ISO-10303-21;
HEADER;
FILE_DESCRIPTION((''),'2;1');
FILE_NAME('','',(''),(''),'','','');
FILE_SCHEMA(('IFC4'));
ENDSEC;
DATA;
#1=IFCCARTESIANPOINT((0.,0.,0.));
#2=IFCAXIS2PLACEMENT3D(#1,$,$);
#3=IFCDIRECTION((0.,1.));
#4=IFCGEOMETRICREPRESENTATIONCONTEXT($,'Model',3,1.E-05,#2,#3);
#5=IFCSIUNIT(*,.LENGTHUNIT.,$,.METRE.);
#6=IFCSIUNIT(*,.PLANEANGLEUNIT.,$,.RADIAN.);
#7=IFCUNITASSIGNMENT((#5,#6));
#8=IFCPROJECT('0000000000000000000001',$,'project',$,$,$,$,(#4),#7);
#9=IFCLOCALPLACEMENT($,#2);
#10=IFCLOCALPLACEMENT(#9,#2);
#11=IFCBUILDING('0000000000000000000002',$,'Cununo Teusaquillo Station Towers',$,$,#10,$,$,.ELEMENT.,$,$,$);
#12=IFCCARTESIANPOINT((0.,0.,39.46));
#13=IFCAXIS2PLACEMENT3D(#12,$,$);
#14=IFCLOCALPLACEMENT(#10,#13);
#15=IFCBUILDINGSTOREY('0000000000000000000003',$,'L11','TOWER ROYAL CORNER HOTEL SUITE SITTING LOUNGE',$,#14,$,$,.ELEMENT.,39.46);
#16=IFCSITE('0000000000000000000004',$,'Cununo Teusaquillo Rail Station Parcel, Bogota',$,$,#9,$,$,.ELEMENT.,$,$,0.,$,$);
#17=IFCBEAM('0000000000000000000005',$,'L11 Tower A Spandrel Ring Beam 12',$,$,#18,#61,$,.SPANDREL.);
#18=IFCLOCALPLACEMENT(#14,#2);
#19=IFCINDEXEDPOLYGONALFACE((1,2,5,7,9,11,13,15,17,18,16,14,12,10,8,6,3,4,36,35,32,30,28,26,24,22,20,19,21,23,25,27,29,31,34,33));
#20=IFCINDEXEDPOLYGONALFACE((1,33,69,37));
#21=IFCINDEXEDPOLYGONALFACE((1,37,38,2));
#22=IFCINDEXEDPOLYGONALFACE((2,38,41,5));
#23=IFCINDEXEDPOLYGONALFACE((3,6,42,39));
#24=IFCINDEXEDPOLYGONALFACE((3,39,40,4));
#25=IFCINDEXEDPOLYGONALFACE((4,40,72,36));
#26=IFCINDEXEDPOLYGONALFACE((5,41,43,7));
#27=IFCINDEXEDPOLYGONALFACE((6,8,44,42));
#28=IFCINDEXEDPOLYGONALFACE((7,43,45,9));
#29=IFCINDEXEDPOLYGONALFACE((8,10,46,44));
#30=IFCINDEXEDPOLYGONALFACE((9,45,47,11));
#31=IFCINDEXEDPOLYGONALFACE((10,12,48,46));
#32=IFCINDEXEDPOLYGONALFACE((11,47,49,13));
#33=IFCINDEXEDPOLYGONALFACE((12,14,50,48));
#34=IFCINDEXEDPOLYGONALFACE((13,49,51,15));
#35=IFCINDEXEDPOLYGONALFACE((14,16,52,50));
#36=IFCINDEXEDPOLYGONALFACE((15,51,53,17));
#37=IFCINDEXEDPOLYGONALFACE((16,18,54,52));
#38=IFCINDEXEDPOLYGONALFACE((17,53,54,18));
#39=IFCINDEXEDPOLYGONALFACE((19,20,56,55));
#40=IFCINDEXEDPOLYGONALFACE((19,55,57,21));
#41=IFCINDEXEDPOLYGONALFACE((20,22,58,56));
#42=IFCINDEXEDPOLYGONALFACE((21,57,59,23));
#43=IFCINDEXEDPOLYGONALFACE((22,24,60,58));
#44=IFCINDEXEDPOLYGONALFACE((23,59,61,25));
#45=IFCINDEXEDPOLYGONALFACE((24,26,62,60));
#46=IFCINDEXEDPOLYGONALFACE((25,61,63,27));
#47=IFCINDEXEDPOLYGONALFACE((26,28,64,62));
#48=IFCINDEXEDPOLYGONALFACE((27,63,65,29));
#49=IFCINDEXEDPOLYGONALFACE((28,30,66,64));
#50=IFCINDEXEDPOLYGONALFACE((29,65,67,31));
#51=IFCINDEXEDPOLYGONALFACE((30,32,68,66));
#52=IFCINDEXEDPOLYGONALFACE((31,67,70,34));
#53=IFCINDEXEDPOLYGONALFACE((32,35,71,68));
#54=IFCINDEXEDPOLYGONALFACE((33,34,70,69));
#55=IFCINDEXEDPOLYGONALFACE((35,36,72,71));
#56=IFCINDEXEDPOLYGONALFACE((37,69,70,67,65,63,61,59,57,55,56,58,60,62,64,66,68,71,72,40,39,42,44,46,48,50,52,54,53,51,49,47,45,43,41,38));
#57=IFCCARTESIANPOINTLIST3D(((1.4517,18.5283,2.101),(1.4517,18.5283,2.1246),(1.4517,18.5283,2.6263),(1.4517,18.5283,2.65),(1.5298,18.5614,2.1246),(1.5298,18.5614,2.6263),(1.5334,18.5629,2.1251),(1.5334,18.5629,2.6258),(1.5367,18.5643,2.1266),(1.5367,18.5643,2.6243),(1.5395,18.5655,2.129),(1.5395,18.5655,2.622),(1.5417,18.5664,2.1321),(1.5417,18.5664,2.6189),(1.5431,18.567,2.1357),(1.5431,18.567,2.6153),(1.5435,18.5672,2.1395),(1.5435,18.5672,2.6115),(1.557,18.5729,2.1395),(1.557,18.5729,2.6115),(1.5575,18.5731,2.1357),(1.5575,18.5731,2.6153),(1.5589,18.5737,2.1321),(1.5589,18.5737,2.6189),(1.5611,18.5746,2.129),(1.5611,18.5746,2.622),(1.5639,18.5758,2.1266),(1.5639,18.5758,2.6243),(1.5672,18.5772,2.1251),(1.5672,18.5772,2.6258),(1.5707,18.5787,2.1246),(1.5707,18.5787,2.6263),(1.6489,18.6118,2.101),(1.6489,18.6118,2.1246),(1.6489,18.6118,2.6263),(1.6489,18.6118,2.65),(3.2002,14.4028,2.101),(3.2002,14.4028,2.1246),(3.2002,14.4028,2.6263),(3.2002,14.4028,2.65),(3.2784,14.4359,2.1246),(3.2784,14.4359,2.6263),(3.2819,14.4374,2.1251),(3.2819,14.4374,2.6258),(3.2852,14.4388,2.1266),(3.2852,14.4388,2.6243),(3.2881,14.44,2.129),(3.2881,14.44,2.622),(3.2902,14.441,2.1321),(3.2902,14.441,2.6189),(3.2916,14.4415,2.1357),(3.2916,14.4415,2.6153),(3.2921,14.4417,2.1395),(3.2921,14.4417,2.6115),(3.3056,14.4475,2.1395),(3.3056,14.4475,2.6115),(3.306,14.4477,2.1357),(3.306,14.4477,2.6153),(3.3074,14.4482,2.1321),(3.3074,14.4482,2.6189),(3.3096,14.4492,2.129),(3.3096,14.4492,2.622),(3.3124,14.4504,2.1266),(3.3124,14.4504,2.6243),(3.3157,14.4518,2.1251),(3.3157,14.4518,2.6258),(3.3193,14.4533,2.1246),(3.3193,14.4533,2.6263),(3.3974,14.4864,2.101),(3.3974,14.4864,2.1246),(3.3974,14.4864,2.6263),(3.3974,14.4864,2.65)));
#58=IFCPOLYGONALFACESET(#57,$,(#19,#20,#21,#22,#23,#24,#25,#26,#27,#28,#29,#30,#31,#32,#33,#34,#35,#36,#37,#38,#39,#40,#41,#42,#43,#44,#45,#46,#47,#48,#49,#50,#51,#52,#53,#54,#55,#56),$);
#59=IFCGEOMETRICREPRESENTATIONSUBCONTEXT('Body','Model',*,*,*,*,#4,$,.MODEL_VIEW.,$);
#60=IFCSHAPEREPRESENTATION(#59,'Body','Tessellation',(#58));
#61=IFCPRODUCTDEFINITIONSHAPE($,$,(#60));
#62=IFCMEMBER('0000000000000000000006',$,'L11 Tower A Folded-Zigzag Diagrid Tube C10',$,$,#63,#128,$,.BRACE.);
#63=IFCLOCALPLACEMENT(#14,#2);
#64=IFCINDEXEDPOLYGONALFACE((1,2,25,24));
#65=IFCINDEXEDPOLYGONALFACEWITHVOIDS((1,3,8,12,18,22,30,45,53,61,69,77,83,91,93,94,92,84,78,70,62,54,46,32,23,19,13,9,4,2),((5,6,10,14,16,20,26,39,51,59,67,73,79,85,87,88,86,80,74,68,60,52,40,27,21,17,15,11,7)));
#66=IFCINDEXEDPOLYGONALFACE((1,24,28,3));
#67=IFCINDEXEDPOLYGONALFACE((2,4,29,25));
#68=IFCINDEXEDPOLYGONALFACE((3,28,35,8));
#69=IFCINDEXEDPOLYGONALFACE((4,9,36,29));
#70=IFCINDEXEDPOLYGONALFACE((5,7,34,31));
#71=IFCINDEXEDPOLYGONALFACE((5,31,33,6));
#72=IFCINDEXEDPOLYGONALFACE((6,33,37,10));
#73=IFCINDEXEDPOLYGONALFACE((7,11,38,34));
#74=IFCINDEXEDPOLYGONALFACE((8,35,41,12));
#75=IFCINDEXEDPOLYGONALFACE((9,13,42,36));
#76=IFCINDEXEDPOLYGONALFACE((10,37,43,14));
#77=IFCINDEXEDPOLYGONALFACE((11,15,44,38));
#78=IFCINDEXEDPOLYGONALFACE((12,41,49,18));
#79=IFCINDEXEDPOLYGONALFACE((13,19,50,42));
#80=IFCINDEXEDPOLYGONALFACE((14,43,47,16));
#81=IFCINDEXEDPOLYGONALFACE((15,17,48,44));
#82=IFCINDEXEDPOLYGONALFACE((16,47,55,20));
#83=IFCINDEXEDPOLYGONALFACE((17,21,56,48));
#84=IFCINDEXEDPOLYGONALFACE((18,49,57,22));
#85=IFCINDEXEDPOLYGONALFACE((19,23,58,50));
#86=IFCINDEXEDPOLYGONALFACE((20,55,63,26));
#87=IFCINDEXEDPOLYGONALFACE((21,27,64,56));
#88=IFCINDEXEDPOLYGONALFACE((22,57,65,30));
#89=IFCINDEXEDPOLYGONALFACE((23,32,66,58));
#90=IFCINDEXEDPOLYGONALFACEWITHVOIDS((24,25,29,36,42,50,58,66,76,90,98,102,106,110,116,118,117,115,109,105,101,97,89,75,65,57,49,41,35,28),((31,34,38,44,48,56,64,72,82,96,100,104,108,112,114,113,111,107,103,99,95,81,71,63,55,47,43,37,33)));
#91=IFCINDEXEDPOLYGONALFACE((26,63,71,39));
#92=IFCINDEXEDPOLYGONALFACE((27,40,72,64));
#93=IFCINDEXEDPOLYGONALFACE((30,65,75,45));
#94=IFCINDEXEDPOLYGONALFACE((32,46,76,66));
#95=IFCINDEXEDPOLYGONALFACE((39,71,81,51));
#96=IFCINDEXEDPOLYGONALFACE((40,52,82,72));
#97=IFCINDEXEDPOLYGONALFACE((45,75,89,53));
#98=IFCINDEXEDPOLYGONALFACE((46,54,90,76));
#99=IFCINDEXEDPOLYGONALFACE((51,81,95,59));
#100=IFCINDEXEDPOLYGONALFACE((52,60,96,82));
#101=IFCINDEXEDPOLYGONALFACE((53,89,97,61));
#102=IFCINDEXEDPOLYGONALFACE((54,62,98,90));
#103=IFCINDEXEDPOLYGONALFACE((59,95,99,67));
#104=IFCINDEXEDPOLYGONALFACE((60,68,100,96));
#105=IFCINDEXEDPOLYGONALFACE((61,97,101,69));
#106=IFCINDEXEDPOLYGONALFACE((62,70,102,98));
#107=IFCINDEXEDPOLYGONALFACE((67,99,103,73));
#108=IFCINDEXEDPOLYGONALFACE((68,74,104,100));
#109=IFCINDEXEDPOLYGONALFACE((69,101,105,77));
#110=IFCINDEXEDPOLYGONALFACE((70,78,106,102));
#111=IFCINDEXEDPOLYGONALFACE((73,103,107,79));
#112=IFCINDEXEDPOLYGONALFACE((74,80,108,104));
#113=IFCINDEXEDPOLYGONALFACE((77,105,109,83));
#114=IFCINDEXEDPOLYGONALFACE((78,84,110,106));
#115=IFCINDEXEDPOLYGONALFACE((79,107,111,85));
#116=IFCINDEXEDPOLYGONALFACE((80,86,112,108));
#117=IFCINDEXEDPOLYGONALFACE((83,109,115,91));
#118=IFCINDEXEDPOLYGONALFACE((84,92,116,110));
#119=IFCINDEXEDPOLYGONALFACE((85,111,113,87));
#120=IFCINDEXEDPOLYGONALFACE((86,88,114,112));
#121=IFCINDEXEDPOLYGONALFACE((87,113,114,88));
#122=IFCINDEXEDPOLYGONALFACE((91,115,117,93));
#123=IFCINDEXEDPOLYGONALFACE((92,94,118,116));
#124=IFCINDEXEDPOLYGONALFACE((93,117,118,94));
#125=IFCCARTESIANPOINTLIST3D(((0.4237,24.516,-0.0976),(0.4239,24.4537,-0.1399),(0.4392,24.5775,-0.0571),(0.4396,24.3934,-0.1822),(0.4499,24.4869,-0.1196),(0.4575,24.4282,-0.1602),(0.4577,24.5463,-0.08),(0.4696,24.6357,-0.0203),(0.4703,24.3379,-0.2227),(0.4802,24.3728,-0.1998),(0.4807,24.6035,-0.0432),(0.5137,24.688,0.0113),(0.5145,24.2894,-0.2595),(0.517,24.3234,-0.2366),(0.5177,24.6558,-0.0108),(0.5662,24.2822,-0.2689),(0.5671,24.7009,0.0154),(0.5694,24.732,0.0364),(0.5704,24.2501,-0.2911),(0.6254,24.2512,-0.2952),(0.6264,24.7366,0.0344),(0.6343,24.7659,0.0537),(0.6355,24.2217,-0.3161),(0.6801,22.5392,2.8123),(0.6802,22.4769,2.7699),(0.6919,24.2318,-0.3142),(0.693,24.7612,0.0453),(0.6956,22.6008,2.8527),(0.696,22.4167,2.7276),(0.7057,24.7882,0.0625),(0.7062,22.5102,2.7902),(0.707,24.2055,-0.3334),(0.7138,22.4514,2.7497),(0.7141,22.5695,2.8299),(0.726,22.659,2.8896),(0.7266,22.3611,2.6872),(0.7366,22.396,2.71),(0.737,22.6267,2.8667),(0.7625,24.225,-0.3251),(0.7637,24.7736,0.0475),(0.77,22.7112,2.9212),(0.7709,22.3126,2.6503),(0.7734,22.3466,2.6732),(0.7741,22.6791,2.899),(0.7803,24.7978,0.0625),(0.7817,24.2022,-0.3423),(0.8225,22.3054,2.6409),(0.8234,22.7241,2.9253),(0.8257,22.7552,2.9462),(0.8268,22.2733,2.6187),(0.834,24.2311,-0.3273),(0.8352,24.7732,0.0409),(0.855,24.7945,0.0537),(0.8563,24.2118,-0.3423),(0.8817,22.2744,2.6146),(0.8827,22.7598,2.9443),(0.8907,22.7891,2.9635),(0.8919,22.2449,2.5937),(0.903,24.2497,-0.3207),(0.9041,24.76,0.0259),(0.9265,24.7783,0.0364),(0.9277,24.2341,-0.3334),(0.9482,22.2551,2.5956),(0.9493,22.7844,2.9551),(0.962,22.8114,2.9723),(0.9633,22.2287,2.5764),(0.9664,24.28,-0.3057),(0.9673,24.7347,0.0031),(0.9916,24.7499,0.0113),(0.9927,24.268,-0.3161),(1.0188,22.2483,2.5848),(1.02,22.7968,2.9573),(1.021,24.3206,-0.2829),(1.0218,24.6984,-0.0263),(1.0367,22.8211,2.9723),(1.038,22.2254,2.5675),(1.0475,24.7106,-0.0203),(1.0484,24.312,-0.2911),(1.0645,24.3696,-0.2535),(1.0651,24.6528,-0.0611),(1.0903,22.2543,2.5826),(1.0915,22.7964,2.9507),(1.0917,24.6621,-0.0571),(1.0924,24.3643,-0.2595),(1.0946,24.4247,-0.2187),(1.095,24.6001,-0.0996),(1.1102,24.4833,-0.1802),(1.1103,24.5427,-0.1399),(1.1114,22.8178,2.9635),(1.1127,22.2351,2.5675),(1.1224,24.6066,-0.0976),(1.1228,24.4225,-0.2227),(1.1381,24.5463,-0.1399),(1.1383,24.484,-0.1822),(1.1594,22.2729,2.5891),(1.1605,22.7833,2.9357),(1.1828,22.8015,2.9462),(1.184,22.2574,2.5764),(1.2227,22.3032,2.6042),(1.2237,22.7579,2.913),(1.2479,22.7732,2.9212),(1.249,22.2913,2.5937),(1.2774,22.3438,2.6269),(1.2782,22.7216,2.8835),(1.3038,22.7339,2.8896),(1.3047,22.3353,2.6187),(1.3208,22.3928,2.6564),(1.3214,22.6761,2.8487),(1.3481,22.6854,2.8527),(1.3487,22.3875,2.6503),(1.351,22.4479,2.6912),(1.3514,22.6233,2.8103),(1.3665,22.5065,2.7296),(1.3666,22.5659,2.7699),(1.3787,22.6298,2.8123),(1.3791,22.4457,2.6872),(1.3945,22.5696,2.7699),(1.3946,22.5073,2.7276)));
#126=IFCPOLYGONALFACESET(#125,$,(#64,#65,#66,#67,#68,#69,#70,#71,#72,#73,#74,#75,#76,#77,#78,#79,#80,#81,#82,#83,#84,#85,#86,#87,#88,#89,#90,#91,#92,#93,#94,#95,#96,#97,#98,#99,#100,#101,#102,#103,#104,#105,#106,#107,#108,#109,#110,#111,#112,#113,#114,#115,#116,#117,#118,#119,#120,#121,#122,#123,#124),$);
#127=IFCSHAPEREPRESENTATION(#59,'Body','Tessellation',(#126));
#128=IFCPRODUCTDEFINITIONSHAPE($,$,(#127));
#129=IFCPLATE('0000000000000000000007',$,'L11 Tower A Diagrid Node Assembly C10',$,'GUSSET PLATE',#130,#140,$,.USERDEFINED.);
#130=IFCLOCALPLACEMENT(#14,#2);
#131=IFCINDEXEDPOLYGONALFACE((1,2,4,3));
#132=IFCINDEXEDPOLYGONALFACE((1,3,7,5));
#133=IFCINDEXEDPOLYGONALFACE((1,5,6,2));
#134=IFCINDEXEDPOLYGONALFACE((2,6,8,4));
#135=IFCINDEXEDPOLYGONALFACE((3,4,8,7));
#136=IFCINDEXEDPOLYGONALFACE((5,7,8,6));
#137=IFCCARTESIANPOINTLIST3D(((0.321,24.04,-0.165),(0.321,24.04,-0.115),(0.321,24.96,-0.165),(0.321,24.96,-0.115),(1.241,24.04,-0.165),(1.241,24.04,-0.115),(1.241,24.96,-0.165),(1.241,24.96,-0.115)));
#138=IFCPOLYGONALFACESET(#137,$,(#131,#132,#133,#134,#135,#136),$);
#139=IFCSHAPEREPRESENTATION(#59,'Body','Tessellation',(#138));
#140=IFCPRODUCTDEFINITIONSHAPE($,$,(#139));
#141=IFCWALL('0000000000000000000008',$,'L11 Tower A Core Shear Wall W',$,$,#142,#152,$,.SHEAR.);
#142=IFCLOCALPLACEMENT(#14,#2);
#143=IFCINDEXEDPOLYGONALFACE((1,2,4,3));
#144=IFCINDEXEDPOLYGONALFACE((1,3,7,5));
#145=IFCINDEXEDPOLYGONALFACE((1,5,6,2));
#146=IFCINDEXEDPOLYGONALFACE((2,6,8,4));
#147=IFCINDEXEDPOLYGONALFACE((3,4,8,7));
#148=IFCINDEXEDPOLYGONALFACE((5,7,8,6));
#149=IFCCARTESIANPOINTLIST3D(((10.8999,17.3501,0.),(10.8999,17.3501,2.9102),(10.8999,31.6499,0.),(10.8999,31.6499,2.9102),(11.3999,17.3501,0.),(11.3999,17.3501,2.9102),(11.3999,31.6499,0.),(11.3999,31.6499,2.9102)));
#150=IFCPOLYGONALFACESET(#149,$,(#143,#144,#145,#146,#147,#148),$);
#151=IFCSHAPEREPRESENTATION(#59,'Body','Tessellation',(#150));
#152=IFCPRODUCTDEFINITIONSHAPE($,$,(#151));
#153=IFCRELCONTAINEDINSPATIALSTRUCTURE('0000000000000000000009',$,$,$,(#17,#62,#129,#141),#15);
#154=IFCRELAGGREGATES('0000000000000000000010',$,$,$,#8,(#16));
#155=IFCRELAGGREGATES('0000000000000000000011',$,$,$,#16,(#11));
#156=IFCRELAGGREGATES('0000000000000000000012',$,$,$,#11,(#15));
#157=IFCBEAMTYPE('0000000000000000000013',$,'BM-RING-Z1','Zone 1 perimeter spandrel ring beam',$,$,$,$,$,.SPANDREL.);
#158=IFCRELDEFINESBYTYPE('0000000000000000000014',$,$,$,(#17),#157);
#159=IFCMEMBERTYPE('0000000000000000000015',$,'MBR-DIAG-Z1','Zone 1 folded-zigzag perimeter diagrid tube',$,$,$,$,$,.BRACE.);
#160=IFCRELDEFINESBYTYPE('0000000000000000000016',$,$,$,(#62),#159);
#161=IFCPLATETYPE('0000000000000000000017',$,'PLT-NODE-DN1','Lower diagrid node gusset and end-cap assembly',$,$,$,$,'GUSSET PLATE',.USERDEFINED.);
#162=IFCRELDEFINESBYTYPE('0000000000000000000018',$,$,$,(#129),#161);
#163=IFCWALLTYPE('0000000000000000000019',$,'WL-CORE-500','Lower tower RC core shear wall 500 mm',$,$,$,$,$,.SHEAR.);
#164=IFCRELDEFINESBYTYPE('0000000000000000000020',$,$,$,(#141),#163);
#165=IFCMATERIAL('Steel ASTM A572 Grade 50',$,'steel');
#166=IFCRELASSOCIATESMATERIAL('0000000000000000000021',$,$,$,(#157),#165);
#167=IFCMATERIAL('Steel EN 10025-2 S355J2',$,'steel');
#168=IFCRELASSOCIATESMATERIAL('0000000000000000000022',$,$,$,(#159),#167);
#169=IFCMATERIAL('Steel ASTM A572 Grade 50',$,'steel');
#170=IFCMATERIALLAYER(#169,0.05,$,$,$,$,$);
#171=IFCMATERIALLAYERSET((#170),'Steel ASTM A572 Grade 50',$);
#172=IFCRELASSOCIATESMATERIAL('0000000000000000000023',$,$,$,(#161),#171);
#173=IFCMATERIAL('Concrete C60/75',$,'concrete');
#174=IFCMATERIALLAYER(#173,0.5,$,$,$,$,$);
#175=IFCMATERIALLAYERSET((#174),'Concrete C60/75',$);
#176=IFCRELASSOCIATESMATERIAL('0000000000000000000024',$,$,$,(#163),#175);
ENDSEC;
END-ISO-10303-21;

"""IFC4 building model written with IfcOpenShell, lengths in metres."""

from ifc_helpers import new_model, si_unit, direction, frame, frame_2d, origin, origin_2d, place, context, subcontext, project, spatial, rectangle, hollow_circle, i_section, extrude, source, transform, mapped, material, layer, layer_set, material_profile, profile_set, type_object, element, save


model = new_model("IFC4")

# Units and contexts
model_context = context("Model", 3, precision=1e-05, world=origin(), true_north=direction((0.0, 1.0)))
body_context = subcontext(model_context, "Body", "Model", "MODEL_VIEW")
ifc_project = project(units=[si_unit("LENGTHUNIT", "METRE"), si_unit("PLANEANGLEUNIT", "RADIAN")], contexts=[model_context])

# Site, building, storey
site_placement = place(None, origin())
site = spatial("IfcSite", under=ifc_project, at=site_placement, Name="Cununo Teusaquillo Rail Station Parcel, Bogota", CompositionType="ELEMENT", RefElevation=0.0)
building_placement = place(site_placement, origin())
building = spatial("IfcBuilding", under=site, at=building_placement, Name="Cununo Teusaquillo Station Towers", CompositionType="ELEMENT")
storey_placement = place(building_placement, frame((0.0, 0.0, 39.46)))
storey = spatial("IfcBuildingStorey", under=building, at=storey_placement, Name="L11", Description="TOWER ROYAL CORNER HOTEL SUITE SITTING LOUNGE", CompositionType="ELEMENT", Elevation=39.46)

# Beam
ifc_material_1 = material(Name="Steel ASTM A572 Grade 50", Category="steel")
ifc_material_profile_1 = material_profile(ifc_material_1, i_section(OverallWidth=0.2141, OverallDepth=0.5491, WebThickness=0.0146, FlangeThickness=0.0237, FilletRadius=0.0149, at=origin_2d()), Name="W21X93")
ifc_profile_set_1 = profile_set([ifc_material_profile_1], Name="Steel ASTM A572 Grade 50")
beam_type_1 = type_object("IfcBeamType", Name="BM-RING-Z1", Description="Zone 1 perimeter spandrel ring beam", PredefinedType="SPANDREL", material=ifc_profile_set_1)
beam_1_placement = place(storey_placement, frame((1.5503, 18.5701, 2.3755), z_axis=(0.390234, -0.920716, 0.0), x_axis=(0.920716, 0.390234, 0.0)))
element("IfcBeam", 1, at=beam_1_placement, inside=storey, type_object=beam_type_1, Name="L11 Tower A Spandrel Ring Beam 12", PredefinedType="SPANDREL", context=body_context, shape_type="SweptSolid", body=[
    extrude(i_section(OverallWidth=0.2141, OverallDepth=0.5491, WebThickness=0.0146, FlangeThickness=0.0237, FilletRadius=0.0149, at=origin_2d()), origin(), (0.0, 0.0, 1.0), 4.4807),
])

# Member
ifc_material_2 = material(Name="Steel EN 10025-2 S355J2", Category="steel")
ifc_material_profile_2 = material_profile(ifc_material_2, hollow_circle(Radius=0.3601, WallThickness=0.0281, at=origin_2d()), Name="CHS 720x28")
ifc_profile_set_2 = profile_set([ifc_material_profile_2], Name="Steel EN 10025-2 S355J2")
member_type = type_object("IfcMemberType", Name="MBR-DIAG-Z1", Description="Zone 1 folded-zigzag perimeter diagrid tube", PredefinedType="BRACE", material=ifc_profile_set_2)
member_placement = place(storey_placement, frame((0.781, 24.5, -0.1399), z_axis=(0.072678, -0.560448, 0.824995), x_axis=(0.991696, 0.128601, 0.0)))
element("IfcMember", 2, at=member_placement, inside=storey, type_object=member_type, Name="L11 Tower A Folded-Zigzag Diagrid Tube C10", PredefinedType="BRACE", context=body_context, shape_type="SweptSolid", body=[
    extrude(hollow_circle(Radius=0.3601, WallThickness=0.0281, at=origin_2d()), origin(), (0.0, 0.0, 1.0), 3.5271),
])

# Plate
ifc_material_3 = material(Name="Steel ASTM A572 Grade 50", Category="steel")
ifc_layer_1 = layer(ifc_material_3, 0.05)
ifc_layer_set_1 = layer_set([ifc_layer_1], Name="Steel ASTM A572 Grade 50")
plate_type = type_object("IfcPlateType", Name="PLT-NODE-DN1", Description="Lower diagrid node gusset and end-cap assembly", ElementType="GUSSET PLATE", PredefinedType="USERDEFINED", material=ifc_layer_set_1)
shared_shape_1 = source(origin(), body_context, "Body", "SweptSolid", [
    extrude(rectangle(XDim=0.9199, YDim=0.9199, at=origin_2d()), origin(), (0.0, 0.0, 1.0), 0.05),
])
plate_placement = place(storey_placement, frame((0.781, 24.5, -0.165), z_axis=(0.0, 0.0, 1.0), x_axis=(1.0, 0.0, 0.0)))
element("IfcPlate", 3, at=plate_placement, inside=storey, type_object=plate_type, Name="L11 Tower A Diagrid Node Assembly C10", ObjectType="GUSSET PLATE", PredefinedType="USERDEFINED", context=body_context, shape_type="MappedRepresentation", body=[
    mapped(shared_shape_1, transform((0.0, 0.0, 0.0), x_axis=(1.0, 0.0, 0.0), y_axis=(0.0, 1.0, 0.0), z_axis=(0.0, 0.0, 1.0), scale=1.0)),
])

# Wall
ifc_material_4 = material(Name="Concrete C60/75", Category="concrete")
ifc_layer_2 = layer(ifc_material_4, 0.5)
ifc_layer_set_2 = layer_set([ifc_layer_2], Name="Concrete C60/75")
wall_type_1 = type_object("IfcWallType", Name="WL-CORE-500", Description="Lower tower RC core shear wall 500 mm", PredefinedType="SHEAR", material=ifc_layer_set_2)
wall_1_placement = place(storey_placement, frame((11.1499, 17.3501, 0.0), z_axis=(0.0, 0.0, 1.0), x_axis=(0.0, 1.0, 0.0)))
element("IfcWall", 4, at=wall_1_placement, inside=storey, type_object=wall_type_1, Name="L11 Tower A Core Shear Wall W", PredefinedType="SHEAR", context=body_context, shape_type="SweptSolid", body=[
    extrude(rectangle(XDim=14.2998, YDim=0.5, at=frame_2d((7.1499, 0.0))), origin(), (0.0, 0.0, 1.0), 2.9102),
])

save(model, "model.ifc")
